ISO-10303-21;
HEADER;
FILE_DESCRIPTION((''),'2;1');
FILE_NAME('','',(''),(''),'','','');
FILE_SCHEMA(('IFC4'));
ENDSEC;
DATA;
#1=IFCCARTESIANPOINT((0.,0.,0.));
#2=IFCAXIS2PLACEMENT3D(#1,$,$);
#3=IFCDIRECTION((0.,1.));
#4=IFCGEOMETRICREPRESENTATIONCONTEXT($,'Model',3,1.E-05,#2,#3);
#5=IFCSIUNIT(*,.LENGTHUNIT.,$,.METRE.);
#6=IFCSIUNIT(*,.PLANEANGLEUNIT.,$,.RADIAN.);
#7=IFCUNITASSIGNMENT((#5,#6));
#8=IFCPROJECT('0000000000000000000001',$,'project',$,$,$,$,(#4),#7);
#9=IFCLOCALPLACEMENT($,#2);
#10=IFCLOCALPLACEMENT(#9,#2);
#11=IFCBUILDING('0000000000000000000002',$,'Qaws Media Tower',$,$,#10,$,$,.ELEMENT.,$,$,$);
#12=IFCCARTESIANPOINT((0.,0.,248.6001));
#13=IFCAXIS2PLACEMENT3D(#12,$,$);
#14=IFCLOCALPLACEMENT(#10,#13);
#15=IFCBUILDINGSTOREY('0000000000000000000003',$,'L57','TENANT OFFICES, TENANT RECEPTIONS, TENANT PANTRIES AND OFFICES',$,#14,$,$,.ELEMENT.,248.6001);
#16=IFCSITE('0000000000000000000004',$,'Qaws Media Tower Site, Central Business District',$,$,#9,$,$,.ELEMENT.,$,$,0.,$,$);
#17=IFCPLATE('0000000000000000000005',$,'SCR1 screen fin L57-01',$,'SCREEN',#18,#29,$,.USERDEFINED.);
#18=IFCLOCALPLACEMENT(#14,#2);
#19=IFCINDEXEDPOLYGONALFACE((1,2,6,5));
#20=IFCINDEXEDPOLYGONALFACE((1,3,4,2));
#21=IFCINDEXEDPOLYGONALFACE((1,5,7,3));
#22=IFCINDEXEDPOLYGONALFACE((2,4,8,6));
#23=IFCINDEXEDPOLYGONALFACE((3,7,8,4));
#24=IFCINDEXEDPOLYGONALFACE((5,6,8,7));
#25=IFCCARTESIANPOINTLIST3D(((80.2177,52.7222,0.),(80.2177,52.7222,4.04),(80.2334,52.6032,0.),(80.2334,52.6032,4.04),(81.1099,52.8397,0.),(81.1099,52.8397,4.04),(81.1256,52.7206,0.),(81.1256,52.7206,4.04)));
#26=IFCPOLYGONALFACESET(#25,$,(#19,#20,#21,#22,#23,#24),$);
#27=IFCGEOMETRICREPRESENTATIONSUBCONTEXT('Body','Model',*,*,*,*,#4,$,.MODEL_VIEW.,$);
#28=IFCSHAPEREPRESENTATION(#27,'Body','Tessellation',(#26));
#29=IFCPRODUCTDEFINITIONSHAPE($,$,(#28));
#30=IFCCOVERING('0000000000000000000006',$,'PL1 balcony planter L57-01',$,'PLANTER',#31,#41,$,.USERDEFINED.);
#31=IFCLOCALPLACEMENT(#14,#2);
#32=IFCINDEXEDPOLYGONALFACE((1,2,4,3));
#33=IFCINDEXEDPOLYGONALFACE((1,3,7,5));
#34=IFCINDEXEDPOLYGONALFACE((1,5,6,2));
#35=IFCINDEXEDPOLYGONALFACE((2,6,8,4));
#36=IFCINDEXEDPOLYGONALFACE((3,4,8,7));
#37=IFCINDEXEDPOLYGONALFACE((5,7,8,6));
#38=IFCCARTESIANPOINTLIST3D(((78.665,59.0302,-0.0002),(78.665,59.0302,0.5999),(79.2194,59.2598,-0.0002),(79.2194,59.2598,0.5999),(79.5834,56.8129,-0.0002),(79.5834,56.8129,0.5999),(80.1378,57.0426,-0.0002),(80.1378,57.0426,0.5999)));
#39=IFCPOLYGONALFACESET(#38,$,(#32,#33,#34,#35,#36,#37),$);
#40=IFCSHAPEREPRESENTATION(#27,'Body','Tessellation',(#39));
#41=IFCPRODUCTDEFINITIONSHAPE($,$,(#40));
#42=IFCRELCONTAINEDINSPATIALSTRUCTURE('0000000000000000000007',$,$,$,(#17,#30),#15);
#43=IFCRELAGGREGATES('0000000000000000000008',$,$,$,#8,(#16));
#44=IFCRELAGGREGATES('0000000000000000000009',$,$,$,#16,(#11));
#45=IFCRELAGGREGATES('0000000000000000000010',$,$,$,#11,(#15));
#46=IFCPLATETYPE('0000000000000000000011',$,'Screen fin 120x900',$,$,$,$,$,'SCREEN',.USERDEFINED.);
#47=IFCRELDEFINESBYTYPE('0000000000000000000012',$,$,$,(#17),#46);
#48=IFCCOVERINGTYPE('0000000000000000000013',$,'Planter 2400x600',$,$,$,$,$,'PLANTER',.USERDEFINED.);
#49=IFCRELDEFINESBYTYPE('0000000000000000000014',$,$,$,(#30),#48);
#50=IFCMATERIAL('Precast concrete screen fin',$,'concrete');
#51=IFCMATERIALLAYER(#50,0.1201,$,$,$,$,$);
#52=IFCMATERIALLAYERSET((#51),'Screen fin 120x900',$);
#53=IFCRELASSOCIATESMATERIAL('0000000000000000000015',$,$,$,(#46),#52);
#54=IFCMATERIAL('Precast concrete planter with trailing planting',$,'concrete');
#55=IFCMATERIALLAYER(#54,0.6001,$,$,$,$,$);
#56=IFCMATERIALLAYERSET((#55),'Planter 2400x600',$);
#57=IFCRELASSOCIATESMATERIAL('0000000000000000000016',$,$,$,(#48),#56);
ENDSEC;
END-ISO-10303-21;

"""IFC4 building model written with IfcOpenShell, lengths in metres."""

from ifc_helpers import new_model, si_unit, direction, frame, origin, origin_2d, place, context, subcontext, project, spatial, rectangle, extrude, material, layer, layer_set, type_object, element, save


model = new_model("IFC4")

# Units and contexts
model_context = context("Model", 3, precision=1e-05, world=origin(), true_north=direction((0.0, 1.0)))
body_context = subcontext(model_context, "Body", "Model", "MODEL_VIEW")
ifc_project = project(units=[si_unit("LENGTHUNIT", "METRE"), si_unit("PLANEANGLEUNIT", "RADIAN")], contexts=[model_context])

# Site, building, storey
site_placement = place(None, origin())
site = spatial("IfcSite", under=ifc_project, at=site_placement, Name="Qaws Media Tower Site, Central Business District", CompositionType="ELEMENT", RefElevation=0.0)
building_placement = place(site_placement, origin())
building = spatial("IfcBuilding", under=site, at=building_placement, Name="Qaws Media Tower", CompositionType="ELEMENT")
storey_placement = place(building_placement, frame((0.0, 0.0, 248.6001)))
storey = spatial("IfcBuildingStorey", under=building, at=storey_placement, Name="L57", Description="TENANT OFFICES, TENANT RECEPTIONS, TENANT PANTRIES AND OFFICES", CompositionType="ELEMENT", Elevation=248.6001)

# Plate
ifc_material_1 = material(Name="Precast concrete screen fin", Category="concrete")
ifc_layer_1 = layer(ifc_material_1, 0.1201)
ifc_layer_set_1 = layer_set([ifc_layer_1], Name="Screen fin 120x900")
plate_type_1 = type_object("IfcPlateType", Name="Screen fin 120x900", ElementType="SCREEN", PredefinedType="USERDEFINED", material=ifc_layer_set_1)
plate_1_placement = place(storey_placement, frame((80.6716, 52.7214, 0.0), z_axis=(0.0, 0.0, 1.0), x_axis=(0.991445, 0.130526, 0.0)))
element("IfcPlate", 1, at=plate_1_placement, inside=storey, type_object=plate_type_1, Name="SCR1 screen fin L57-01", ObjectType="SCREEN", PredefinedType="USERDEFINED", context=body_context, shape_type="SweptSolid", body=[
    extrude(rectangle(XDim=0.8999, YDim=0.1201, at=origin_2d()), origin(), (0.0, 0.0, 1.0), 4.04),
])

# Covering
ifc_material_2 = material(Name="Precast concrete planter with trailing planting", Category="concrete")
ifc_layer_2 = layer(ifc_material_2, 0.6001)
ifc_layer_set_2 = layer_set([ifc_layer_2], Name="Planter 2400x600")
covering_type = type_object("IfcCoveringType", Name="Planter 2400x600", ElementType="PLANTER", PredefinedType="USERDEFINED", material=ifc_layer_set_2)
covering_placement = place(storey_placement, frame((79.4014, 58.0364, -0.0002), z_axis=(0.0, 0.0, 1.0), x_axis=(-0.382683, 0.92388, 0.0)))
element("IfcCovering", 2, at=covering_placement, inside=storey, type_object=covering_type, Name="PL1 balcony planter L57-01", ObjectType="PLANTER", PredefinedType="USERDEFINED", context=body_context, shape_type="SweptSolid", body=[
    extrude(rectangle(XDim=2.3999, YDim=0.6001, at=origin_2d()), origin(), (0.0, 0.0, 1.0), 0.6001),
])

save(model, "model.ifc")
